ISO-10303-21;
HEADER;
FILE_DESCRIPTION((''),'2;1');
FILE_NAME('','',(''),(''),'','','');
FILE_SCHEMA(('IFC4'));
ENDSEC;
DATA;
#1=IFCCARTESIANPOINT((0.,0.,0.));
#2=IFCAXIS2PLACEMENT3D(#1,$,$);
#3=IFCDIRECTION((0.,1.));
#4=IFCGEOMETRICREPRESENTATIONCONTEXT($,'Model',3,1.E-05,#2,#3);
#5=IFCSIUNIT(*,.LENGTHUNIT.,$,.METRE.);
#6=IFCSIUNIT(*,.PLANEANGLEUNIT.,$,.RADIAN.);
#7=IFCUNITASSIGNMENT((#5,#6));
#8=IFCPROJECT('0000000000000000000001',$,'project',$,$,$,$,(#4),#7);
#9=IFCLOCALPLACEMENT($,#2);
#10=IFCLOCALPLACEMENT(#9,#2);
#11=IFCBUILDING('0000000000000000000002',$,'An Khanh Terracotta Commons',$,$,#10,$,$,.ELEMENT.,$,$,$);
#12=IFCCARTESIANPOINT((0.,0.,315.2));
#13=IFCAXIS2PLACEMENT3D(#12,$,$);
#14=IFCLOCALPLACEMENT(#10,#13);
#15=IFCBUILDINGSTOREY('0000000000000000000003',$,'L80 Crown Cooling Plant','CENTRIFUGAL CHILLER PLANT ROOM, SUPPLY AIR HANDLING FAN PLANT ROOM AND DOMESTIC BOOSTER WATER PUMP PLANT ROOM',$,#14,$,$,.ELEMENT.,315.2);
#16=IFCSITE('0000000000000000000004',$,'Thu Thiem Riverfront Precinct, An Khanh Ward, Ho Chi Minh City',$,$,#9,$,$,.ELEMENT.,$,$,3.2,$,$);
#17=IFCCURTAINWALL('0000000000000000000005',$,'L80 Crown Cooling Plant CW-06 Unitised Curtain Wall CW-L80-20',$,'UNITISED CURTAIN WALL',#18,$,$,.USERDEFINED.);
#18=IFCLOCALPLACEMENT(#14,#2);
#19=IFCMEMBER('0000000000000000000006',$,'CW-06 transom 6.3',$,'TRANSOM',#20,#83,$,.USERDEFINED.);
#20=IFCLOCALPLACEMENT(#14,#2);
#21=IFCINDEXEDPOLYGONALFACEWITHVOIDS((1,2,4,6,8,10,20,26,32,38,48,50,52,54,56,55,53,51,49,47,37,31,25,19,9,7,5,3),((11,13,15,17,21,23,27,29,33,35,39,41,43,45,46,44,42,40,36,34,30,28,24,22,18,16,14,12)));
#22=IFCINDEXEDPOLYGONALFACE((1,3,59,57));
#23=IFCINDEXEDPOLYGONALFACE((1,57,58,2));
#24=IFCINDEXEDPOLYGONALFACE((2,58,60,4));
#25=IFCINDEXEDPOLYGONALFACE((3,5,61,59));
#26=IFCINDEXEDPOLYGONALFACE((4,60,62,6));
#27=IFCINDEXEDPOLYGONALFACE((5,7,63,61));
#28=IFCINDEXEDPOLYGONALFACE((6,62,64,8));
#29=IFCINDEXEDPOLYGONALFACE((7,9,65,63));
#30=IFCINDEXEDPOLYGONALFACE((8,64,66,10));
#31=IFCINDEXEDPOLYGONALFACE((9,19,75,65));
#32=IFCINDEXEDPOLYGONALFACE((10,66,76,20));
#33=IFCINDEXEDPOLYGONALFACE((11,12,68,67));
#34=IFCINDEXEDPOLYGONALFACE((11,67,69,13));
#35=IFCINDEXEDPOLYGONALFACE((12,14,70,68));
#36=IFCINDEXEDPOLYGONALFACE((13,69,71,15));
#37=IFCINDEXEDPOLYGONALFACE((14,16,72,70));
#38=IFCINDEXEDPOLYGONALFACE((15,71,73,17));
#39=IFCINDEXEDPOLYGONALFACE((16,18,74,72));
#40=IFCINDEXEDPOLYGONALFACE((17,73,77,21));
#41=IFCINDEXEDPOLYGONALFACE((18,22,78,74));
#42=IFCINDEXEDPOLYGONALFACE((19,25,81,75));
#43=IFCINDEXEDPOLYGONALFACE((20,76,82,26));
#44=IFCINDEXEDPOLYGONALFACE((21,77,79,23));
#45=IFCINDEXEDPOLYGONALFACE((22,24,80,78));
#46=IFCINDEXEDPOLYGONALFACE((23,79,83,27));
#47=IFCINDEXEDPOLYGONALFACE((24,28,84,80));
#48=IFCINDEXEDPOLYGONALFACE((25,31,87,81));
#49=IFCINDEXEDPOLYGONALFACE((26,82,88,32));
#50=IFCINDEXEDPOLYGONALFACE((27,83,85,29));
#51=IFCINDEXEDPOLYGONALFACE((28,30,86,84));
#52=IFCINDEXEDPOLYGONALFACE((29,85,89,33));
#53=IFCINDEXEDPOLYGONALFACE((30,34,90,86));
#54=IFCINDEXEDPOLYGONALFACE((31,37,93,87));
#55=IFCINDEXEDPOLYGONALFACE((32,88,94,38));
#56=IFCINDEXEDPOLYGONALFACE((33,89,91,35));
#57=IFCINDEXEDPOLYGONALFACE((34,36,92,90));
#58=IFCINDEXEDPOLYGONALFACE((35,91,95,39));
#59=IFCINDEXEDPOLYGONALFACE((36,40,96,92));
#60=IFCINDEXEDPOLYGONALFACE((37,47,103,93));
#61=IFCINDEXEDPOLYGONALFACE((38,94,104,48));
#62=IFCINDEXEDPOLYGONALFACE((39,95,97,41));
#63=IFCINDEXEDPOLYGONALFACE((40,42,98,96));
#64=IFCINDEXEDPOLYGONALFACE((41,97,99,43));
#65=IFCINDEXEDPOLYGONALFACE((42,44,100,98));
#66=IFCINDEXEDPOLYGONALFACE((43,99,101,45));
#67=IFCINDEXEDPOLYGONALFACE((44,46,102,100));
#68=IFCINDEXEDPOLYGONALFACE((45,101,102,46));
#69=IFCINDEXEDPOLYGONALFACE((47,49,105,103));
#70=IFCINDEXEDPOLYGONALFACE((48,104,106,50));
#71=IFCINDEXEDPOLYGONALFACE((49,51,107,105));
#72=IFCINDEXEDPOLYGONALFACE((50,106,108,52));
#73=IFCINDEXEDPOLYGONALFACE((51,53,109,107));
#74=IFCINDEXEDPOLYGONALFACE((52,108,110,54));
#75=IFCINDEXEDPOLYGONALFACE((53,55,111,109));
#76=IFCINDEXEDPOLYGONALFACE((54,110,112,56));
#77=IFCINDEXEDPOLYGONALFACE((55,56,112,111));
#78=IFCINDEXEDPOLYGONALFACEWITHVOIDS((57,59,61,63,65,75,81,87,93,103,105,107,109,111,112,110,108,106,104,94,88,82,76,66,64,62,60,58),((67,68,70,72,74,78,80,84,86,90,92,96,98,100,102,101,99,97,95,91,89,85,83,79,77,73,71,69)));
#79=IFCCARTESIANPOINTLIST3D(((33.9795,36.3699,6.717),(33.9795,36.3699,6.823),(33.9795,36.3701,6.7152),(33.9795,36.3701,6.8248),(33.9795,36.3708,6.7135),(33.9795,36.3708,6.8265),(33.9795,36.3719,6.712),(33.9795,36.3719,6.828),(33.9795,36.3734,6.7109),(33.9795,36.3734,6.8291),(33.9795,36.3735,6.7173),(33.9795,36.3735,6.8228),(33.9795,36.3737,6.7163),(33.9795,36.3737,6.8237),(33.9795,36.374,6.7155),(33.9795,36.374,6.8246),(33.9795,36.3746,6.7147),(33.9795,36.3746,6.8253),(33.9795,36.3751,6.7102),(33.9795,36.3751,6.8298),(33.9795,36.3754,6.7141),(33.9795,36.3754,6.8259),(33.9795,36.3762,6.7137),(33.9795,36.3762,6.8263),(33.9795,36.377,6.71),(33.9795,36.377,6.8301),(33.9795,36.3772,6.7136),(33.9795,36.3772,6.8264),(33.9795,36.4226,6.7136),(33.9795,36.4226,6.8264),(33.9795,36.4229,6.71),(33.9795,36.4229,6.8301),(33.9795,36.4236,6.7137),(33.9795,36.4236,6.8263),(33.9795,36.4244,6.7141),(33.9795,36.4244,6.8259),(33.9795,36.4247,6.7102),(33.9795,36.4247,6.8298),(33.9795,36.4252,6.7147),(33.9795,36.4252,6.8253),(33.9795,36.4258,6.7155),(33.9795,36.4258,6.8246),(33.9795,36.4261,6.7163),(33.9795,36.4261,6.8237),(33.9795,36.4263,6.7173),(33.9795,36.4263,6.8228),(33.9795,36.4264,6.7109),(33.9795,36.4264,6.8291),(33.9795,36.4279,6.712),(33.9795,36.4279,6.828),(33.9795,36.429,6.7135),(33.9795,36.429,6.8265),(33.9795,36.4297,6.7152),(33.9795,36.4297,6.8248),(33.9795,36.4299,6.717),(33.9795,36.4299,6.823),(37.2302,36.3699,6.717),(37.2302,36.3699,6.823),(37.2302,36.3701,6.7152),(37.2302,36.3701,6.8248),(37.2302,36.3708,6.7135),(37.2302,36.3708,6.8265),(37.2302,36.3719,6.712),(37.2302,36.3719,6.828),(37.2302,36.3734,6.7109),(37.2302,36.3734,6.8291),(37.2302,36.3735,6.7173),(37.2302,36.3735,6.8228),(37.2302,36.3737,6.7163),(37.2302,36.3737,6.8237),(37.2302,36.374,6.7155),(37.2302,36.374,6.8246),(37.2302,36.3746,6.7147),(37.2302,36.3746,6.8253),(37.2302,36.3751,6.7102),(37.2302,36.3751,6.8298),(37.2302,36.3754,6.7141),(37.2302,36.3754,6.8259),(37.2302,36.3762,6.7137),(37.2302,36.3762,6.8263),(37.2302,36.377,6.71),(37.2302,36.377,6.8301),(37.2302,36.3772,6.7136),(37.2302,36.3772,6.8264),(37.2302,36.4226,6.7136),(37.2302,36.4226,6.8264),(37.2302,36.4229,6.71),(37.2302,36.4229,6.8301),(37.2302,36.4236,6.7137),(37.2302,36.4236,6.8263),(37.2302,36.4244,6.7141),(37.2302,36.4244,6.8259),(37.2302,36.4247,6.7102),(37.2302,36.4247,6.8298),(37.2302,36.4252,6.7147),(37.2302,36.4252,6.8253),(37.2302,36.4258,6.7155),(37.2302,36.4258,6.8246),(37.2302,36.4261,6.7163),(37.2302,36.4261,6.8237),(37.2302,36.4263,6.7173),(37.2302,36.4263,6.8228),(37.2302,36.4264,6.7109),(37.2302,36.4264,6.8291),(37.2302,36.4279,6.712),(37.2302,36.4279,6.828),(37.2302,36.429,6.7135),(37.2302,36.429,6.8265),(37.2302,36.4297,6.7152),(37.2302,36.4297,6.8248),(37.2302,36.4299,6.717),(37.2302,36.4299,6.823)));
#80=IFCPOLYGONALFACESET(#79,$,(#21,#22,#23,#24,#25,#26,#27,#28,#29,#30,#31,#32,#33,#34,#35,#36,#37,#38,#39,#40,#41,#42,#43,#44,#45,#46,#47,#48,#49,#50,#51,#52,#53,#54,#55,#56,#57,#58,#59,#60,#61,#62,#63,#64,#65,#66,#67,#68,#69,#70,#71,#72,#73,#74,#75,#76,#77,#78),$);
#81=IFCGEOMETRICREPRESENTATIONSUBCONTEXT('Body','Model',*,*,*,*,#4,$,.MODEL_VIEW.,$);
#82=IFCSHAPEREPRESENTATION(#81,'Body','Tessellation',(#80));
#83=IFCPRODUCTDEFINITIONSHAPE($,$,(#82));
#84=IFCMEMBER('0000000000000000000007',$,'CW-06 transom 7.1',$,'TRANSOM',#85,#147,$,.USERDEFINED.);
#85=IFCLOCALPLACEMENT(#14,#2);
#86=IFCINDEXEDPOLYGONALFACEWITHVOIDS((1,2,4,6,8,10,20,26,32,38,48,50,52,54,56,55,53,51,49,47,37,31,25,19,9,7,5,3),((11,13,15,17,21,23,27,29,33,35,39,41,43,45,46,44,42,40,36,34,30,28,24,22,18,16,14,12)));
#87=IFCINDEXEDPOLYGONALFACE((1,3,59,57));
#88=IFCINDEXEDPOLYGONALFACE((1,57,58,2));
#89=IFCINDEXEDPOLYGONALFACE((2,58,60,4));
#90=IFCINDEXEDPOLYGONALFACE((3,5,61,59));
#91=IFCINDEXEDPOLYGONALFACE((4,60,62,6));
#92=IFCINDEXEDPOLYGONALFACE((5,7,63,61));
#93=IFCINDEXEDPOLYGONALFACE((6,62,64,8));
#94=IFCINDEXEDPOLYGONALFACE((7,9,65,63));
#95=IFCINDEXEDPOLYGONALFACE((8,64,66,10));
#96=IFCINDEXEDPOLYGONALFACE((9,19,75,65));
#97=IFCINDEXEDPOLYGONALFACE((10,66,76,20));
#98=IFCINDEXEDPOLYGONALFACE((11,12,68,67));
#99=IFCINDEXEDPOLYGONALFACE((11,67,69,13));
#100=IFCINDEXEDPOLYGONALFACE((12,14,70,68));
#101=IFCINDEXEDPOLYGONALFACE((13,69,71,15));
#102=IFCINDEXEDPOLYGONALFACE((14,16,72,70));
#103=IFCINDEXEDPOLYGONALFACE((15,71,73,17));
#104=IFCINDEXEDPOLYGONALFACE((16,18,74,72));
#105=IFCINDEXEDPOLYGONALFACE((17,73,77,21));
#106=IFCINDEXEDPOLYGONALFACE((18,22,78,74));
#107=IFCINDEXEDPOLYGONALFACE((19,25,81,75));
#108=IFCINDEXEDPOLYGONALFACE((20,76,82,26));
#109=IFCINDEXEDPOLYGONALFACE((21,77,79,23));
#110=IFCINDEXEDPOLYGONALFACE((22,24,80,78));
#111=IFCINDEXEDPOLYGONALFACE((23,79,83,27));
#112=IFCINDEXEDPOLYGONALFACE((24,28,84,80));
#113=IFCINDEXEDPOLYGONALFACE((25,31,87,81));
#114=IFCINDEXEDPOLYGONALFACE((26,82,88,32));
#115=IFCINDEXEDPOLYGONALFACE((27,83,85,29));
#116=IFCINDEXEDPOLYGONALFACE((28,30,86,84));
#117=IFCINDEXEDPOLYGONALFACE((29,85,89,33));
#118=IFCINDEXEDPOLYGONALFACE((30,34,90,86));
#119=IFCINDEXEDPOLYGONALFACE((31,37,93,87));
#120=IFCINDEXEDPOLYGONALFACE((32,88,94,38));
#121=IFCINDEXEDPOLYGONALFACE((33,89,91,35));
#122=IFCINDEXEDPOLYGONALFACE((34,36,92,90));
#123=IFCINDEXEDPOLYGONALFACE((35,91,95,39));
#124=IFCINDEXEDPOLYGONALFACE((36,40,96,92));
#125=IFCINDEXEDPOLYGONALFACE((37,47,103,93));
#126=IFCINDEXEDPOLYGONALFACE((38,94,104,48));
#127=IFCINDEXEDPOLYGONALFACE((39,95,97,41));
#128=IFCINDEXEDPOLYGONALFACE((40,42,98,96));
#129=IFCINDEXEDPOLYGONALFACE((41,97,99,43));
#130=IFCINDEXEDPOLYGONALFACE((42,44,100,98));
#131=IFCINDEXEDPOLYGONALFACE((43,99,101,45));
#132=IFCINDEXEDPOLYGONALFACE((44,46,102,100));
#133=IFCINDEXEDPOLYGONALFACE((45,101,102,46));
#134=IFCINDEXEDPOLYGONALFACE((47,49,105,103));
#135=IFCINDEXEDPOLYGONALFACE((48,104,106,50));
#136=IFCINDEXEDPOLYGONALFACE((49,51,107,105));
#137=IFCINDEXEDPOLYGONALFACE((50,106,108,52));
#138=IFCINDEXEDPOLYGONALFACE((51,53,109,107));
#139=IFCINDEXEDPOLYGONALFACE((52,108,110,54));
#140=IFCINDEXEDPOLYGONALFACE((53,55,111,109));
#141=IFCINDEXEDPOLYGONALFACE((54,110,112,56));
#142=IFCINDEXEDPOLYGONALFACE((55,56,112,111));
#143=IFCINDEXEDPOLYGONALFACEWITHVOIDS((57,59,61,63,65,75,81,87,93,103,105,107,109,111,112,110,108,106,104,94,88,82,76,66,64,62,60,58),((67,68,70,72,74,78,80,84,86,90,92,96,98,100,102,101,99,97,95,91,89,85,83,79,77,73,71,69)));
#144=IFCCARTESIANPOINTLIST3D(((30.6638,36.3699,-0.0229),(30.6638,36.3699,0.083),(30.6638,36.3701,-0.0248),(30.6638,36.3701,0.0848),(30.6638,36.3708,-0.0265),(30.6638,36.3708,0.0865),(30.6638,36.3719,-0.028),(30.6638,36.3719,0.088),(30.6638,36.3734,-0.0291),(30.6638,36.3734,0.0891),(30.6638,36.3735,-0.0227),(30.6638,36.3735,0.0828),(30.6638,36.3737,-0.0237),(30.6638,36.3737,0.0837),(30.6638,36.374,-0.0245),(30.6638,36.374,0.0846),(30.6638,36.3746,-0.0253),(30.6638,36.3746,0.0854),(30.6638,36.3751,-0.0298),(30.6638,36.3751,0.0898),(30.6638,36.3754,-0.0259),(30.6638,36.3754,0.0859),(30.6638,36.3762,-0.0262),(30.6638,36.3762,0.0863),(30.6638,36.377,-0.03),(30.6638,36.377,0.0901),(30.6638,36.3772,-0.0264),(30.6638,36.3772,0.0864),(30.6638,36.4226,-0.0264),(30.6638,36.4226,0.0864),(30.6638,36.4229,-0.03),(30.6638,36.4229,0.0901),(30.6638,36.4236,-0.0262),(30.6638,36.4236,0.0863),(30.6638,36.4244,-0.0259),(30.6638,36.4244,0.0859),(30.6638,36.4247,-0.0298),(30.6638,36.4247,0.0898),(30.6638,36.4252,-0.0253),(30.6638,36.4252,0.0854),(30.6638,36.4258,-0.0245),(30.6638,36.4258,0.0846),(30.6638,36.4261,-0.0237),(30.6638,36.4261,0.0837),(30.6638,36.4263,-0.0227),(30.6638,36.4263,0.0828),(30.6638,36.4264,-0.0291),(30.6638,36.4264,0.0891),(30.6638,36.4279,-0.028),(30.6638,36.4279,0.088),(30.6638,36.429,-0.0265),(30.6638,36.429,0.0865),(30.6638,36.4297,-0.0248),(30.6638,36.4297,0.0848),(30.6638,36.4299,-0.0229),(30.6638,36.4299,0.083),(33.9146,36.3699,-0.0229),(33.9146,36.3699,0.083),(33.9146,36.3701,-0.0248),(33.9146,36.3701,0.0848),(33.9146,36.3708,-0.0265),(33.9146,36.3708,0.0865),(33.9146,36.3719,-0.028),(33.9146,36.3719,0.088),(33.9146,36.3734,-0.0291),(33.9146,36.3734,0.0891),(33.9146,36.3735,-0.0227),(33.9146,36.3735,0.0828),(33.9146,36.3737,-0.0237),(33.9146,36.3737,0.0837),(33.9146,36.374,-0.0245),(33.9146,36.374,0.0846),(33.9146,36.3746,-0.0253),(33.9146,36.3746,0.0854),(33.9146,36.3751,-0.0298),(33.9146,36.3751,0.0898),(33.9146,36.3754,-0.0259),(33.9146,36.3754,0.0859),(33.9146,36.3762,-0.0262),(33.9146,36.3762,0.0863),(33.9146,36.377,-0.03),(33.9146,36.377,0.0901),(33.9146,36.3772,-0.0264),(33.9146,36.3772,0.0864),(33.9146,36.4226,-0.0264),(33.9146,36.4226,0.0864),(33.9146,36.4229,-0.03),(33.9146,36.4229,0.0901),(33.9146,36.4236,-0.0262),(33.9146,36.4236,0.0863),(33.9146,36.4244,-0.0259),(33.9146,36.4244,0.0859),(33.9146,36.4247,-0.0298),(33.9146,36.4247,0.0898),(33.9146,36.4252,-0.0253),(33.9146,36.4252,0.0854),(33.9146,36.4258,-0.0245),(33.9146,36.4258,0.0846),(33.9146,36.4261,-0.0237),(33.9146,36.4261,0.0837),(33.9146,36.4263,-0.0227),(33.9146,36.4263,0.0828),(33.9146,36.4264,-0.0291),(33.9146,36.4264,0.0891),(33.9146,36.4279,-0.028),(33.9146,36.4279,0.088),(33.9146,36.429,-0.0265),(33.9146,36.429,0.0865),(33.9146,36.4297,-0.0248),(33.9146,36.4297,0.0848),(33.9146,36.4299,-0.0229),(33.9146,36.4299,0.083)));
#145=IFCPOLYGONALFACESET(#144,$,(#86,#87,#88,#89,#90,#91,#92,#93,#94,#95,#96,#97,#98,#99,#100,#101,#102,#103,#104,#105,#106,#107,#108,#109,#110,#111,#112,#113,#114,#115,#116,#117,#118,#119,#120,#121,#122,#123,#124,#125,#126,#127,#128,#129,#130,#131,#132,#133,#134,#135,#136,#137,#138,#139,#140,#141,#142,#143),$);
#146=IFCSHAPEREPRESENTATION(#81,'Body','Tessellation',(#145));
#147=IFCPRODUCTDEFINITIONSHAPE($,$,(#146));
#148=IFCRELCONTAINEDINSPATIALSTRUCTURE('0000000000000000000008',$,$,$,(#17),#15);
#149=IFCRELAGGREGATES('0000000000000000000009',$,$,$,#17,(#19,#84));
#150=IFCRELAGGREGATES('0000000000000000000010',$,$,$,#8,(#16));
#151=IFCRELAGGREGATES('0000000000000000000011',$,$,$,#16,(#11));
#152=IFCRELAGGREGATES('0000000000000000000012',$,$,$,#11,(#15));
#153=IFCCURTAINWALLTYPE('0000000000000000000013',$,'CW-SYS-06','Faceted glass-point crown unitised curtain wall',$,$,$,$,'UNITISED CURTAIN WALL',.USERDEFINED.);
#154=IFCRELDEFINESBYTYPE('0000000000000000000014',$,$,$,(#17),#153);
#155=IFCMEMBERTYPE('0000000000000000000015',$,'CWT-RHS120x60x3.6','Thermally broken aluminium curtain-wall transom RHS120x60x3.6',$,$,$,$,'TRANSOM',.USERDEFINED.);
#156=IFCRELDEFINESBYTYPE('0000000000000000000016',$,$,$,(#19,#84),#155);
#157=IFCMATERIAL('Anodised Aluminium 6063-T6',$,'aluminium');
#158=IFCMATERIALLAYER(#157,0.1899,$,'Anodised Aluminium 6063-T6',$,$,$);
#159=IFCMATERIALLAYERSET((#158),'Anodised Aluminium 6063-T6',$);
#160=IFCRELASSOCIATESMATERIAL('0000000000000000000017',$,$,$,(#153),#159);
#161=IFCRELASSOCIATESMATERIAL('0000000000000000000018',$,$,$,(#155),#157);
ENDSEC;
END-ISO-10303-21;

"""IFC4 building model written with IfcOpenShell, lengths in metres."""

from ifc_helpers import new_model, si_unit, direction, frame, origin, origin_2d, place, context, subcontext, project, spatial, hollow_rectangle, extrude, material, layer, layer_set, material_profile, profile_set, type_object, element, aggregate, save


model = new_model("IFC4")

# Units and contexts
model_context = context("Model", 3, precision=1e-05, world=origin(), true_north=direction((0.0, 1.0)))
body_context = subcontext(model_context, "Body", "Model", "MODEL_VIEW")
ifc_project = project(units=[si_unit("LENGTHUNIT", "METRE"), si_unit("PLANEANGLEUNIT", "RADIAN")], contexts=[model_context])

# Site, building, storey
site_placement = place(None, origin())
site = spatial("IfcSite", under=ifc_project, at=site_placement, Name="Thu Thiem Riverfront Precinct, An Khanh Ward, Ho Chi Minh City", CompositionType="ELEMENT", RefElevation=3.2)
building_placement = place(site_placement, origin())
building = spatial("IfcBuilding", under=site, at=building_placement, Name="An Khanh Terracotta Commons", CompositionType="ELEMENT")
storey_placement = place(building_placement, frame((0.0, 0.0, 315.2)))
storey = spatial("IfcBuildingStorey", under=building, at=storey_placement, Name="L80 Crown Cooling Plant", Description="CENTRIFUGAL CHILLER PLANT ROOM, SUPPLY AIR HANDLING FAN PLANT ROOM AND DOMESTIC BOOSTER WATER PUMP PLANT ROOM", CompositionType="ELEMENT", Elevation=315.2)

# Curtain wall, members
ifc_material_1 = material(Name="Anodised Aluminium 6063-T6", Category="aluminium")
ifc_layer_1 = layer(ifc_material_1, 0.1899, Name="Anodised Aluminium 6063-T6")
ifc_layer_set_1 = layer_set([ifc_layer_1], Name="Anodised Aluminium 6063-T6")
curtain_wall_type = type_object("IfcCurtainWallType", Name="CW-SYS-06", Description="Faceted glass-point crown unitised curtain wall", ElementType="UNITISED CURTAIN WALL", PredefinedType="USERDEFINED", material=ifc_layer_set_1)
curtain_wall_placement = place(storey_placement, origin())
curtain_wall = element("IfcCurtainWall", 1, at=curtain_wall_placement, inside=storey, type_object=curtain_wall_type, Name="L80 Crown Cooling Plant CW-06 Unitised Curtain Wall CW-L80-20", ObjectType="UNITISED CURTAIN WALL", PredefinedType="USERDEFINED")
ifc_material_profile_1 = material_profile(ifc_material_1, hollow_rectangle(XDim=0.0601, YDim=0.1201, WallThickness=0.0037, InnerFilletRadius=0.0037, OuterFilletRadius=0.0071, at=origin_2d()), Name="RHS120x60x3.6")
ifc_profile_set_1 = profile_set([ifc_material_profile_1], Name="Anodised Aluminium 6063-T6")
member_type_1 = type_object("IfcMemberType", Name="CWT-RHS120x60x3.6", Description="Thermally broken aluminium curtain-wall transom RHS120x60x3.6", ElementType="TRANSOM", PredefinedType="USERDEFINED", material=ifc_profile_set_1)
member_1_placement = place(storey_placement, frame((37.2302, 36.3999, 6.77), z_axis=(-1.0, 0.0, 0.0), x_axis=(0.0, -1.0, 0.0)))
member_1 = element("IfcMember", 2, at=member_1_placement, type_object=member_type_1, Name="CW-06 transom 6.3", ObjectType="TRANSOM", PredefinedType="USERDEFINED", context=body_context, shape_type="SweptSolid", body=[
    extrude(hollow_rectangle(XDim=0.0601, YDim=0.1201, WallThickness=0.0037, InnerFilletRadius=0.0037, OuterFilletRadius=0.0071, at=origin_2d()), origin(), (0.0, 0.0, 1.0), 3.2507),
])
member_2_placement = place(storey_placement, frame((33.9146, 36.3999, 0.03), z_axis=(-1.0, 0.0, 0.0), x_axis=(0.0, -1.0, 0.0)))
member_2 = element("IfcMember", 3, at=member_2_placement, type_object=member_type_1, Name="CW-06 transom 7.1", ObjectType="TRANSOM", PredefinedType="USERDEFINED", context=body_context, shape_type="SweptSolid", body=[
    extrude(hollow_rectangle(XDim=0.0601, YDim=0.1201, WallThickness=0.0037, InnerFilletRadius=0.0037, OuterFilletRadius=0.0071, at=origin_2d()), origin(), (0.0, 0.0, 1.0), 3.2507),
])
aggregate(curtain_wall, [member_1, member_2])

save(model, "model.ifc")
